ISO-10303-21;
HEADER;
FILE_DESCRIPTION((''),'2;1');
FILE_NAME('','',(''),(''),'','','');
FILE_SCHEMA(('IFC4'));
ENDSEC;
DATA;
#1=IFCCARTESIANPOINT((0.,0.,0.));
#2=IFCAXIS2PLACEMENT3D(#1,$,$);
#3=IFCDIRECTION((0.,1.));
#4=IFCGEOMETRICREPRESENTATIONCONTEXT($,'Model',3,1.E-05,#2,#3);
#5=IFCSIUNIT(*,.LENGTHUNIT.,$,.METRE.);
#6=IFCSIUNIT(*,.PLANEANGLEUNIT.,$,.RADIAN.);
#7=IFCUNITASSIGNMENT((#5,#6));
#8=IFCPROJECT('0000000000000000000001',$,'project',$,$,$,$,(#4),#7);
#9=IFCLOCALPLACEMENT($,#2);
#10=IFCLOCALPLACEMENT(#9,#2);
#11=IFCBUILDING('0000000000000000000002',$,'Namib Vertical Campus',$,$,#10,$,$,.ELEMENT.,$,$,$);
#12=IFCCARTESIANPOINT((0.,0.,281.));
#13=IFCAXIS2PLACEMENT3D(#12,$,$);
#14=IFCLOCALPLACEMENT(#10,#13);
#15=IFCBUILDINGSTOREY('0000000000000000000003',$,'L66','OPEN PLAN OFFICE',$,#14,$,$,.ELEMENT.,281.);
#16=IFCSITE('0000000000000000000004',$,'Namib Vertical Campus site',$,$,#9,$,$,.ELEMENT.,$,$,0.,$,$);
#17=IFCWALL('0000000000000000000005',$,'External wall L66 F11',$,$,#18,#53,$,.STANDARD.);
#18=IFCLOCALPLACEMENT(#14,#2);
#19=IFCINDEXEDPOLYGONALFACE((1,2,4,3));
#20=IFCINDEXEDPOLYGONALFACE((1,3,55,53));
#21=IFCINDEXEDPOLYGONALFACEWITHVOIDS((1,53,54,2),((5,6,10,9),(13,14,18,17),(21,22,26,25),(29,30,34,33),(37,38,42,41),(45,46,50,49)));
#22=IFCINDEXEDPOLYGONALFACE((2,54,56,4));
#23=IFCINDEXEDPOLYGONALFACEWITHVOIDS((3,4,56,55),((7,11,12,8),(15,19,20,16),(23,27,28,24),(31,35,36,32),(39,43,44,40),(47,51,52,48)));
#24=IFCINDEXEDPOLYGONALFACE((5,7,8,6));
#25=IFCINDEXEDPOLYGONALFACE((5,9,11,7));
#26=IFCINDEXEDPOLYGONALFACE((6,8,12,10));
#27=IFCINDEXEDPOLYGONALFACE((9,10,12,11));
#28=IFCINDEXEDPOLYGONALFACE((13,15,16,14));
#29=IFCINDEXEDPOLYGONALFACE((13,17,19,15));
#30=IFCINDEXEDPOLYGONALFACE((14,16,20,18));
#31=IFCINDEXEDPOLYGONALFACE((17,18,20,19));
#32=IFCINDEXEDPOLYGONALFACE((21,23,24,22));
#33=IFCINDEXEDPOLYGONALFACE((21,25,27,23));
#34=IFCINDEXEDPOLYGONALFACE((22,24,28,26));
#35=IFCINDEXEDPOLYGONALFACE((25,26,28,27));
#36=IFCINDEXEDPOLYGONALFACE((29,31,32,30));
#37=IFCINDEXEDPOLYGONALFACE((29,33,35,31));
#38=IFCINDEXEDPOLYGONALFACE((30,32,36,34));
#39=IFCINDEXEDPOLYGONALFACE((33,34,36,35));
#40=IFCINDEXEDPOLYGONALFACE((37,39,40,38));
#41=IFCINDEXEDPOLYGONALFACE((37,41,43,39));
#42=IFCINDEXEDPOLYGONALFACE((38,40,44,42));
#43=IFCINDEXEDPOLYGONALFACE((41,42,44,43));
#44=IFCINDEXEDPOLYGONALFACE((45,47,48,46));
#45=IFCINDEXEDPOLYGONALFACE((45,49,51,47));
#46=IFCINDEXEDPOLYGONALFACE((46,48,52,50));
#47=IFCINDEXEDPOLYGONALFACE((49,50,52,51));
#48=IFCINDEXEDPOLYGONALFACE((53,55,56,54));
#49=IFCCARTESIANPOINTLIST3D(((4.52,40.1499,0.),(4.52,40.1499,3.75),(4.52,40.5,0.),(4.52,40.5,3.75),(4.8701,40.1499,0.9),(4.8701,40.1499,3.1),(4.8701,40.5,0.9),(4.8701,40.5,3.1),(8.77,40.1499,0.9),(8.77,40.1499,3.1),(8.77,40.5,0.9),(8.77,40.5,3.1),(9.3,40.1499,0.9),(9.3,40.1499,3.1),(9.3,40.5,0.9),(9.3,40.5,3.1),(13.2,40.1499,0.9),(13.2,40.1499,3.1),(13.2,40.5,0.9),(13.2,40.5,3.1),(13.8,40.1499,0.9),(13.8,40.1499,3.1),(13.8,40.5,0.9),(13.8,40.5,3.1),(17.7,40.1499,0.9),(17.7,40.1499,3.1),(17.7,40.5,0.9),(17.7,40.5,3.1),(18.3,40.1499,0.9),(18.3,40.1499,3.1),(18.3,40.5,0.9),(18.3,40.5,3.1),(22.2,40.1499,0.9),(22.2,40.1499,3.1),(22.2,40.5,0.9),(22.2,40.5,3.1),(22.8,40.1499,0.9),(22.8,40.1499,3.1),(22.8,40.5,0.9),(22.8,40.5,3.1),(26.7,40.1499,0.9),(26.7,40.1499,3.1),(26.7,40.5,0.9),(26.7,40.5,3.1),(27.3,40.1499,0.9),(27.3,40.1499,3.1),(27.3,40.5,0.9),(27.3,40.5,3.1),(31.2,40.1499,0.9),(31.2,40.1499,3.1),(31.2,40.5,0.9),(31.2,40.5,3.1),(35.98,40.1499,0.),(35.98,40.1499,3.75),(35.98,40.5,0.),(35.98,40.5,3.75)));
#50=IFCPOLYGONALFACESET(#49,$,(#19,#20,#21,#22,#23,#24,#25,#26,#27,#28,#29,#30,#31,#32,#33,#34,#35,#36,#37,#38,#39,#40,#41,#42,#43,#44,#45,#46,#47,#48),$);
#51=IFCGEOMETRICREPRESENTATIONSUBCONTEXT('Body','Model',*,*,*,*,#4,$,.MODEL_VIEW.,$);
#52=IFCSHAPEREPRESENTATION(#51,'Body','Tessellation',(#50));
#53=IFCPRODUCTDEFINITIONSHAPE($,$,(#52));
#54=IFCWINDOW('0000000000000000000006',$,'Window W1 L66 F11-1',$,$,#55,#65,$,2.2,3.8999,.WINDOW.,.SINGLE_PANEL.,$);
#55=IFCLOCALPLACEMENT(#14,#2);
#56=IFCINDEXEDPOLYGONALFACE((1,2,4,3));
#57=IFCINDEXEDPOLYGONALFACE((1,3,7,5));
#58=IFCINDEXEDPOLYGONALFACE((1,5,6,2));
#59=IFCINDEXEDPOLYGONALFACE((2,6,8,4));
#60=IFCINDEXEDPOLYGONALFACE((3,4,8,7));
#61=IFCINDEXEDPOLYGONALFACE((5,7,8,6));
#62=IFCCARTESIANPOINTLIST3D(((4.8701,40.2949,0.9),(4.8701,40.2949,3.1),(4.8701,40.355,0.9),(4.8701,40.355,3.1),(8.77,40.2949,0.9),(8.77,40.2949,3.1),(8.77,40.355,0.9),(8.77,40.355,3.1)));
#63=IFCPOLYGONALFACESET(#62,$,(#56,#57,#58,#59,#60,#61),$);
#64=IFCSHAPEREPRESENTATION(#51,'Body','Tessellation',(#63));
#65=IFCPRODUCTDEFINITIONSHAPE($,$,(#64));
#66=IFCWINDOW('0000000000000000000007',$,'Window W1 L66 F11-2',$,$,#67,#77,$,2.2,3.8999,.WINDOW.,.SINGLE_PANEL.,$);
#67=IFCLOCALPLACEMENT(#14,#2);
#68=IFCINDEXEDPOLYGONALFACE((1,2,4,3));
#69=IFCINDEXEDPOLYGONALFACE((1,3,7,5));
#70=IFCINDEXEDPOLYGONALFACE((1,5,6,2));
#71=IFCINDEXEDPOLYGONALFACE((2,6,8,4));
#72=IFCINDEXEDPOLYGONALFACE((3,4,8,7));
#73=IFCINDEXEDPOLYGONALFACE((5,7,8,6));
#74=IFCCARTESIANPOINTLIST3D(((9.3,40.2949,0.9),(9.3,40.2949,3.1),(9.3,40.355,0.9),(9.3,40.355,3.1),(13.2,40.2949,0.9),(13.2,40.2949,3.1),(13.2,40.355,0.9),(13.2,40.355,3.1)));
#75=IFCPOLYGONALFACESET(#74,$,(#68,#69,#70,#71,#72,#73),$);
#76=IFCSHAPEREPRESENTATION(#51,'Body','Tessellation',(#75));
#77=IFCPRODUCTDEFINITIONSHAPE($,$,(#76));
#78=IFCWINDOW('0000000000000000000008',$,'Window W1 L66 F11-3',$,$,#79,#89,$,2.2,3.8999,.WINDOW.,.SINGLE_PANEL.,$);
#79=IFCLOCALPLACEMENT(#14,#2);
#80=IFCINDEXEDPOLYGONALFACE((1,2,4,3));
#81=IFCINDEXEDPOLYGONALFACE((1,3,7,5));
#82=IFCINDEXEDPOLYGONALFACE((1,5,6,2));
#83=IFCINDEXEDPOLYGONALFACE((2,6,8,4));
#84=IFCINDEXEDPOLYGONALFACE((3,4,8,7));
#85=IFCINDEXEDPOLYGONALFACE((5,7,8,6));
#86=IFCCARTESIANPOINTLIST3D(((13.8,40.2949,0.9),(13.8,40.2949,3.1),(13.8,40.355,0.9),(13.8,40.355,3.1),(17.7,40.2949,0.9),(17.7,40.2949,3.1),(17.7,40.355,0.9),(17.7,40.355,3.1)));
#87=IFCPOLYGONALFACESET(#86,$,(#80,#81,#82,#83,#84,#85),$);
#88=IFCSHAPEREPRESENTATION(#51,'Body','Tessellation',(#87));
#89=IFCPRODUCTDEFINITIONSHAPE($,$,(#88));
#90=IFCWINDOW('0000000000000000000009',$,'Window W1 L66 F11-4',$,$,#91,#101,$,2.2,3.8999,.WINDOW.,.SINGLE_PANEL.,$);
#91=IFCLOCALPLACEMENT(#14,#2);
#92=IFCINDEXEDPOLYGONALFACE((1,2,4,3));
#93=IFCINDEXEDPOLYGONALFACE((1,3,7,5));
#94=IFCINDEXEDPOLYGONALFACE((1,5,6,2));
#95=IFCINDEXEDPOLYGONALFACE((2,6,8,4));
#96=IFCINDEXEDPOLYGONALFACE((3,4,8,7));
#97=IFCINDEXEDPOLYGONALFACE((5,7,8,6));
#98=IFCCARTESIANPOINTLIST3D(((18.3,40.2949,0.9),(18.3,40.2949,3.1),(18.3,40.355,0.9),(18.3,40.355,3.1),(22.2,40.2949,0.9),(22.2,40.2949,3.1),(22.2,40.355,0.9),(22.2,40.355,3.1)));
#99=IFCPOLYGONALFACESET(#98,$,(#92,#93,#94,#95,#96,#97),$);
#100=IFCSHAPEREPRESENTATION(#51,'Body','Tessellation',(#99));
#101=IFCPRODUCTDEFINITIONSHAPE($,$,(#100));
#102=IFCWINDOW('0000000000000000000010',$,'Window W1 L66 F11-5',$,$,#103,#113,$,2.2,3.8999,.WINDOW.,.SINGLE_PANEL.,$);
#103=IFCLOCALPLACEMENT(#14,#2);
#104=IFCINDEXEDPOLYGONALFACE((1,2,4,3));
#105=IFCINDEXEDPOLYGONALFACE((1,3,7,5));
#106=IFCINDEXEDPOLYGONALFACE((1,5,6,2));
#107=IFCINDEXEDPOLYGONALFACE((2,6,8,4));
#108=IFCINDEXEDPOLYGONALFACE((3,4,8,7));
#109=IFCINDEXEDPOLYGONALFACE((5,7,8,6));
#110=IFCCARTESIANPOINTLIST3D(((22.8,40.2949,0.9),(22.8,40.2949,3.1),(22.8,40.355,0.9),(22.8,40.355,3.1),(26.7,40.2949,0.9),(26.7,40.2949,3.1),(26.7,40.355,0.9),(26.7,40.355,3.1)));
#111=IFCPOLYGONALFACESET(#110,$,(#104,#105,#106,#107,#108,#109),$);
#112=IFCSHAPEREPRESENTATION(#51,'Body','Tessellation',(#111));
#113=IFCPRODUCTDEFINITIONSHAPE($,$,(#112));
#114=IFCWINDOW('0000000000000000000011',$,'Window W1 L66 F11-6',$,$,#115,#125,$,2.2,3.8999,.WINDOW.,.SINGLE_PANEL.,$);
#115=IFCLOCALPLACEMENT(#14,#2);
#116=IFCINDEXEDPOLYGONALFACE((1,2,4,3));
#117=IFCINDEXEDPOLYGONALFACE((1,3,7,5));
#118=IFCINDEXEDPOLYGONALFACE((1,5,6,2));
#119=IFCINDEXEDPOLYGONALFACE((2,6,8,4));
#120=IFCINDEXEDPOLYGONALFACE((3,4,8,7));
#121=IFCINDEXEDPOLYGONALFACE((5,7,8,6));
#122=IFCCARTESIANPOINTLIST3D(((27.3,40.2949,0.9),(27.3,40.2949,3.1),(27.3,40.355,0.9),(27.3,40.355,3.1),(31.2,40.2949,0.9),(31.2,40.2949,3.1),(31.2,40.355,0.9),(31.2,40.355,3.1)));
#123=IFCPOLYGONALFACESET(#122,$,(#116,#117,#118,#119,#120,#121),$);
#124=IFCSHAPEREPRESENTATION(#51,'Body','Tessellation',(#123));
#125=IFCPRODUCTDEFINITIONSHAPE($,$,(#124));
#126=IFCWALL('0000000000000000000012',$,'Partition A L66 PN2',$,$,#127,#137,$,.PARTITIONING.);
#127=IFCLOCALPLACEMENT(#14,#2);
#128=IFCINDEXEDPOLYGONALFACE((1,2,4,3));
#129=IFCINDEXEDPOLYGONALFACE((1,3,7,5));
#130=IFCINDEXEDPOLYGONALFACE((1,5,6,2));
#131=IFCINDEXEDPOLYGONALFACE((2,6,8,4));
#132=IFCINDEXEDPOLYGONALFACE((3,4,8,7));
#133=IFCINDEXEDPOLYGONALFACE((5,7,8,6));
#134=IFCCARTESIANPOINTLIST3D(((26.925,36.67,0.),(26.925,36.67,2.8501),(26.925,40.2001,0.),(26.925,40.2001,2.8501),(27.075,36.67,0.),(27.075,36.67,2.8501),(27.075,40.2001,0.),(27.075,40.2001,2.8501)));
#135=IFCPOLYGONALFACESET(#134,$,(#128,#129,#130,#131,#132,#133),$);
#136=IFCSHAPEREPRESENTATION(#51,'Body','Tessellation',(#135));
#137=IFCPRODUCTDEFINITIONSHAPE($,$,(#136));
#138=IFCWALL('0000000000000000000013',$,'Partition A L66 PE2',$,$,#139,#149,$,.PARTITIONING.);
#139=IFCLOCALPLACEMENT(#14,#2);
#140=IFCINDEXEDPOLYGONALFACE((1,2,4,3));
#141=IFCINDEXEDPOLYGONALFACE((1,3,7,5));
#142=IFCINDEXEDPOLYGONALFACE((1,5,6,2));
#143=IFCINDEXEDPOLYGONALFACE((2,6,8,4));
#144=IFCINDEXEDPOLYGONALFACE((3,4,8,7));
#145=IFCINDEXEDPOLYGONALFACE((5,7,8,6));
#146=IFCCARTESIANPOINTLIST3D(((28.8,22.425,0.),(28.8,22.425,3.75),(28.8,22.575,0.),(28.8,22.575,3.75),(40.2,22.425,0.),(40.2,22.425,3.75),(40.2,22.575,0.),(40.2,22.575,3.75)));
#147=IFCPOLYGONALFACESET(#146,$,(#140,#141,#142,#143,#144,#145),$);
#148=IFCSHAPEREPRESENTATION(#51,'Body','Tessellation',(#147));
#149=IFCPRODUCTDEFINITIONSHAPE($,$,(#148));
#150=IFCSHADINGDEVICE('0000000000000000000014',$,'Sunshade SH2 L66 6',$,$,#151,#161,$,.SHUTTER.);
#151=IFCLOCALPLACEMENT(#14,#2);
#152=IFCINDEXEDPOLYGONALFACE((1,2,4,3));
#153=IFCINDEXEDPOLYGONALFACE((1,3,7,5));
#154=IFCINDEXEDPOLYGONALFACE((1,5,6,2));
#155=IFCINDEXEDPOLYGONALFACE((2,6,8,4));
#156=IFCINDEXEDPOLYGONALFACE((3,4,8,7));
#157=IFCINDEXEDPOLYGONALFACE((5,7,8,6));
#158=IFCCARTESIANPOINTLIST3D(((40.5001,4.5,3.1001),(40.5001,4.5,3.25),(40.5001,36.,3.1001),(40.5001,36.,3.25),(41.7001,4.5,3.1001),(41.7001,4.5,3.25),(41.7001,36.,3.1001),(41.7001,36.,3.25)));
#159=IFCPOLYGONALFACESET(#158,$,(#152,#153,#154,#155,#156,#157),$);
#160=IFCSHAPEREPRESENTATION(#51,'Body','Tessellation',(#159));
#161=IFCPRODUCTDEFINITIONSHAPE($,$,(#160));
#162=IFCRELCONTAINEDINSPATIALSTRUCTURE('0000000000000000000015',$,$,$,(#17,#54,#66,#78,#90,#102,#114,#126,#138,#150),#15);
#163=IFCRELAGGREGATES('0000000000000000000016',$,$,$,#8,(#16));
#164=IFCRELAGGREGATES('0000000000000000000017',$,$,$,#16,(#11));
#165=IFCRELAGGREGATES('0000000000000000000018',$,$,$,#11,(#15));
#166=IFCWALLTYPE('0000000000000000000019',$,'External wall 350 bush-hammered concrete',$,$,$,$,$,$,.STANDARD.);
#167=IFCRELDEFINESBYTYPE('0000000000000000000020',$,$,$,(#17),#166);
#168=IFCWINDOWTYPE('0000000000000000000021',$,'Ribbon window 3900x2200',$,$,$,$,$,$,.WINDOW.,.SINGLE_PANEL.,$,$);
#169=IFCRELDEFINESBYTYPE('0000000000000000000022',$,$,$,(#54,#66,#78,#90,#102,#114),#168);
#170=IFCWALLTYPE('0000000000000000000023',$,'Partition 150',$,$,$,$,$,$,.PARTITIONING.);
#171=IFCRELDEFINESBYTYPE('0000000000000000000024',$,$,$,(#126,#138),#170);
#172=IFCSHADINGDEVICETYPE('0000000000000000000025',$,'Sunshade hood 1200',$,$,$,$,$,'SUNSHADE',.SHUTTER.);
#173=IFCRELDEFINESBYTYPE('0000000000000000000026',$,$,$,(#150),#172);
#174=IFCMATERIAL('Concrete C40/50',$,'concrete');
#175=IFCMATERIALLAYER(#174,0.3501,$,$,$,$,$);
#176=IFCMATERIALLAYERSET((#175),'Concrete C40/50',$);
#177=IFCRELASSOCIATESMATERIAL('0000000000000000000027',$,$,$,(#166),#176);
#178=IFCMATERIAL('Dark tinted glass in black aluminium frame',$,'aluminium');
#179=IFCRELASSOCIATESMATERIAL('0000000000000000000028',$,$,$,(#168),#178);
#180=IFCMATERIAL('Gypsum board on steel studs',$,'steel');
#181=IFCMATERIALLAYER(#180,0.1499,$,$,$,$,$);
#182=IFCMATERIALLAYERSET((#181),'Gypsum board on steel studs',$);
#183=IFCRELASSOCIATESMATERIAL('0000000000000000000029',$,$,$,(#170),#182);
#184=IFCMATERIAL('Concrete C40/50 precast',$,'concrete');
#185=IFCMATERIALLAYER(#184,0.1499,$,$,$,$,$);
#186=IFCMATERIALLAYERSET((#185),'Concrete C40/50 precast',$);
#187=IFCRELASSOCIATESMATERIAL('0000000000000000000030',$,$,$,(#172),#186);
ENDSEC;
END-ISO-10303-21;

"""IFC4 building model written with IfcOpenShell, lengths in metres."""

from ifc_helpers import new_model, si_unit, direction, frame, frame_2d, origin, origin_2d, place, context, subcontext, project, spatial, rectangle, extrude, material, layer, layer_set, type_object, element, fill, save


model = new_model("IFC4")

# Units and contexts
model_context = context("Model", 3, precision=1e-05, world=origin(), true_north=direction((0.0, 1.0)))
body_context = subcontext(model_context, "Body", "Model", "MODEL_VIEW")
ifc_project = project(units=[si_unit("LENGTHUNIT", "METRE"), si_unit("PLANEANGLEUNIT", "RADIAN")], contexts=[model_context])

# Site, building, storey
site_placement = place(None, origin())
site = spatial("IfcSite", under=ifc_project, at=site_placement, Name="Namib Vertical Campus site", CompositionType="ELEMENT", RefElevation=0.0)
building_placement = place(site_placement, origin())
building = spatial("IfcBuilding", under=site, at=building_placement, Name="Namib Vertical Campus", CompositionType="ELEMENT")
storey_placement = place(building_placement, frame((0.0, 0.0, 281.0)))
storey = spatial("IfcBuildingStorey", under=building, at=storey_placement, Name="L66", Description="OPEN PLAN OFFICE", CompositionType="ELEMENT", Elevation=281.0)

# Shared definitions
ifc_material_1 = material(Name="Concrete C40/50", Category="concrete")
ifc_layer_1 = layer(ifc_material_1, 0.3501)
ifc_layer_set_1 = layer_set([ifc_layer_1], Name="Concrete C40/50")
wall_type_1 = type_object("IfcWallType", Name="External wall 350 bush-hammered concrete", PredefinedType="STANDARD", material=ifc_layer_set_1)

# Wall, openings, windows
wall_1_placement = place(storey_placement, frame((35.98, 40.325, 0.0), z_axis=(0.0, 0.0, 1.0), x_axis=(-1.0, 0.0, 0.0)))
wall_1 = element("IfcWall", 1, at=wall_1_placement, inside=storey, type_object=wall_type_1, Name="External wall L66 F11", PredefinedType="STANDARD", context=body_context, shape_type="SweptSolid", body=[
    extrude(rectangle(XDim=31.46, YDim=0.3501, at=frame_2d((15.73, 0.0))), origin(), (0.0, 0.0, 1.0), 3.75),
])
opening_1_placement = place(wall_1_placement, frame((27.21, 0.0, 0.8999)))
opening_1 = element("IfcOpeningElement", 2, at=opening_1_placement, cuts=wall_1, PredefinedType="OPENING", context=body_context, shape_type="SweptSolid", body=[
    extrude(rectangle(XDim=3.8999, YDim=2.2, at=frame_2d((1.95, 1.1001))), frame((0.0, 0.1851, 0.0), z_axis=(0.0, -1.0, 0.0), x_axis=(1.0, 0.0, 0.0)), (0.0, 0.0, 1.0), 0.3701),
])
opening_2_placement = place(wall_1_placement, frame((22.78, 0.0, 0.8999)))
opening_2 = element("IfcOpeningElement", 3, at=opening_2_placement, cuts=wall_1, PredefinedType="OPENING", context=body_context, shape_type="SweptSolid", body=[
    extrude(rectangle(XDim=3.8999, YDim=2.2, at=frame_2d((1.95, 1.1001))), frame((0.0, 0.1851, 0.0), z_axis=(0.0, -1.0, 0.0), x_axis=(1.0, 0.0, 0.0)), (0.0, 0.0, 1.0), 0.3701),
])
opening_3_placement = place(wall_1_placement, frame((18.28, 0.0, 0.8999)))
opening_3 = element("IfcOpeningElement", 4, at=opening_3_placement, cuts=wall_1, PredefinedType="OPENING", context=body_context, shape_type="SweptSolid", body=[
    extrude(rectangle(XDim=3.8999, YDim=2.2, at=frame_2d((1.95, 1.1001))), frame((0.0, 0.1851, 0.0), z_axis=(0.0, -1.0, 0.0), x_axis=(1.0, 0.0, 0.0)), (0.0, 0.0, 1.0), 0.3701),
])
opening_4_placement = place(wall_1_placement, frame((13.78, 0.0, 0.8999)))
opening_4 = element("IfcOpeningElement", 5, at=opening_4_placement, cuts=wall_1, PredefinedType="OPENING", context=body_context, shape_type="SweptSolid", body=[
    extrude(rectangle(XDim=3.8999, YDim=2.2, at=frame_2d((1.95, 1.1001))), frame((0.0, 0.1851, 0.0), z_axis=(0.0, -1.0, 0.0), x_axis=(1.0, 0.0, 0.0)), (0.0, 0.0, 1.0), 0.3701),
])
opening_5_placement = place(wall_1_placement, frame((9.28, 0.0, 0.8999)))
opening_5 = element("IfcOpeningElement", 6, at=opening_5_placement, cuts=wall_1, PredefinedType="OPENING", context=body_context, shape_type="SweptSolid", body=[
    extrude(rectangle(XDim=3.8999, YDim=2.2, at=frame_2d((1.95, 1.1001))), frame((0.0, 0.1851, 0.0), z_axis=(0.0, -1.0, 0.0), x_axis=(1.0, 0.0, 0.0)), (0.0, 0.0, 1.0), 0.3701),
])
opening_6_placement = place(wall_1_placement, frame((4.78, 0.0, 0.8999)))
opening_6 = element("IfcOpeningElement", 7, at=opening_6_placement, cuts=wall_1, PredefinedType="OPENING", context=body_context, shape_type="SweptSolid", body=[
    extrude(rectangle(XDim=3.8999, YDim=2.2, at=frame_2d((1.95, 1.1001))), frame((0.0, 0.1851, 0.0), z_axis=(0.0, -1.0, 0.0), x_axis=(1.0, 0.0, 0.0)), (0.0, 0.0, 1.0), 0.3701),
])
ifc_material_2 = material(Name="Dark tinted glass in black aluminium frame", Category="aluminium")
window_type = type_object("IfcWindowType", Name="Ribbon window 3900x2200", PartitioningType="SINGLE_PANEL", PredefinedType="WINDOW", material=ifc_material_2)
window_1_placement = place(opening_1_placement, origin())
window_1 = element("IfcWindow", 8, at=window_1_placement, inside=storey, type_object=window_type, Name="Window W1 L66 F11-1", OverallHeight=2.2, OverallWidth=3.8999, PartitioningType="SINGLE_PANEL", PredefinedType="WINDOW", context=body_context, shape_type="SweptSolid", body=[
    extrude(rectangle(XDim=3.8999, YDim=2.2, at=frame_2d((1.95, 1.1001))), frame((0.0, 0.03, 0.0), z_axis=(0.0, -1.0, 0.0), x_axis=(1.0, 0.0, 0.0)), (0.0, 0.0, 1.0), 0.0601),
])
fill(opening_1, window_1)
window_2_placement = place(opening_2_placement, origin())
window_2 = element("IfcWindow", 9, at=window_2_placement, inside=storey, type_object=window_type, Name="Window W1 L66 F11-2", OverallHeight=2.2, OverallWidth=3.8999, PartitioningType="SINGLE_PANEL", PredefinedType="WINDOW", context=body_context, shape_type="SweptSolid", body=[
    extrude(rectangle(XDim=3.8999, YDim=2.2, at=frame_2d((1.95, 1.1001))), frame((0.0, 0.03, 0.0), z_axis=(0.0, -1.0, 0.0), x_axis=(1.0, 0.0, 0.0)), (0.0, 0.0, 1.0), 0.0601),
])
fill(opening_2, window_2)
window_3_placement = place(opening_3_placement, origin())
window_3 = element("IfcWindow", 10, at=window_3_placement, inside=storey, type_object=window_type, Name="Window W1 L66 F11-3", OverallHeight=2.2, OverallWidth=3.8999, PartitioningType="SINGLE_PANEL", PredefinedType="WINDOW", context=body_context, shape_type="SweptSolid", body=[
    extrude(rectangle(XDim=3.8999, YDim=2.2, at=frame_2d((1.95, 1.1001))), frame((0.0, 0.03, 0.0), z_axis=(0.0, -1.0, 0.0), x_axis=(1.0, 0.0, 0.0)), (0.0, 0.0, 1.0), 0.0601),
])
fill(opening_3, window_3)
window_4_placement = place(opening_4_placement, origin())
window_4 = element("IfcWindow", 11, at=window_4_placement, inside=storey, type_object=window_type, Name="Window W1 L66 F11-4", OverallHeight=2.2, OverallWidth=3.8999, PartitioningType="SINGLE_PANEL", PredefinedType="WINDOW", context=body_context, shape_type="SweptSolid", body=[
    extrude(rectangle(XDim=3.8999, YDim=2.2, at=frame_2d((1.95, 1.1001))), frame((0.0, 0.03, 0.0), z_axis=(0.0, -1.0, 0.0), x_axis=(1.0, 0.0, 0.0)), (0.0, 0.0, 1.0), 0.0601),
])
fill(opening_4, window_4)
window_5_placement = place(opening_5_placement, origin())
window_5 = element("IfcWindow", 12, at=window_5_placement, inside=storey, type_object=window_type, Name="Window W1 L66 F11-5", OverallHeight=2.2, OverallWidth=3.8999, PartitioningType="SINGLE_PANEL", PredefinedType="WINDOW", context=body_context, shape_type="SweptSolid", body=[
    extrude(rectangle(XDim=3.8999, YDim=2.2, at=frame_2d((1.95, 1.1001))), frame((0.0, 0.03, 0.0), z_axis=(0.0, -1.0, 0.0), x_axis=(1.0, 0.0, 0.0)), (0.0, 0.0, 1.0), 0.0601),
])
fill(opening_5, window_5)
window_6_placement = place(opening_6_placement, origin())
window_6 = element("IfcWindow", 13, at=window_6_placement, inside=storey, type_object=window_type, Name="Window W1 L66 F11-6", OverallHeight=2.2, OverallWidth=3.8999, PartitioningType="SINGLE_PANEL", PredefinedType="WINDOW", context=body_context, shape_type="SweptSolid", body=[
    extrude(rectangle(XDim=3.8999, YDim=2.2, at=frame_2d((1.95, 1.1001))), frame((0.0, 0.03, 0.0), z_axis=(0.0, -1.0, 0.0), x_axis=(1.0, 0.0, 0.0)), (0.0, 0.0, 1.0), 0.0601),
])
fill(opening_6, window_6)

# Walls
ifc_material_3 = material(Name="Gypsum board on steel studs", Category="steel")
ifc_layer_2 = layer(ifc_material_3, 0.1499)
ifc_layer_set_2 = layer_set([ifc_layer_2], Name="Gypsum board on steel studs")
wall_type_2 = type_object("IfcWallType", Name="Partition 150", PredefinedType="PARTITIONING", material=ifc_layer_set_2)
wall_2_placement = place(storey_placement, frame((27.0, 36.6699, 0.0), z_axis=(0.0, 0.0, 1.0), x_axis=(0.0, 1.0, 0.0)))
element("IfcWall", 14, at=wall_2_placement, inside=storey, type_object=wall_type_2, Name="Partition A L66 PN2", PredefinedType="PARTITIONING", context=body_context, shape_type="SweptSolid", body=[
    extrude(rectangle(XDim=3.53, YDim=0.1499, at=frame_2d((1.7651, 0.0))), origin(), (0.0, 0.0, 1.0), 2.8501),
])
wall_3_placement = place(storey_placement, frame((28.8, 22.5, 0.0), z_axis=(0.0, 0.0, 1.0), x_axis=(1.0, 0.0, 0.0)))
element("IfcWall", 15, at=wall_3_placement, inside=storey, type_object=wall_type_2, Name="Partition A L66 PE2", PredefinedType="PARTITIONING", context=body_context, shape_type="SweptSolid", body=[
    extrude(rectangle(XDim=11.3999, YDim=0.1499, at=frame_2d((5.7, 0.0))), origin(), (0.0, 0.0, 1.0), 3.75),
])

# Shading device
ifc_material_4 = material(Name="Concrete C40/50 precast", Category="concrete")
ifc_layer_3 = layer(ifc_material_4, 0.1499)
ifc_layer_set_3 = layer_set([ifc_layer_3], Name="Concrete C40/50 precast")
shading_device_type = type_object("IfcShadingDeviceType", Name="Sunshade hood 1200", ElementType="SUNSHADE", PredefinedType="SHUTTER", material=ifc_layer_set_3)
shading_device_placement = place(storey_placement, frame((41.1001, 20.25, 3.1001), z_axis=(0.0, 0.0, 1.0), x_axis=(0.0, 1.0, 0.0)))
element("IfcShadingDevice", 16, at=shading_device_placement, inside=storey, type_object=shading_device_type, Name="Sunshade SH2 L66 6", PredefinedType="SHUTTER", context=body_context, shape_type="SweptSolid", body=[
    extrude(rectangle(XDim=31.5, YDim=1.2, at=origin_2d()), origin(), (0.0, 0.0, 1.0), 0.1499),
])

save(model, "model.ifc")
